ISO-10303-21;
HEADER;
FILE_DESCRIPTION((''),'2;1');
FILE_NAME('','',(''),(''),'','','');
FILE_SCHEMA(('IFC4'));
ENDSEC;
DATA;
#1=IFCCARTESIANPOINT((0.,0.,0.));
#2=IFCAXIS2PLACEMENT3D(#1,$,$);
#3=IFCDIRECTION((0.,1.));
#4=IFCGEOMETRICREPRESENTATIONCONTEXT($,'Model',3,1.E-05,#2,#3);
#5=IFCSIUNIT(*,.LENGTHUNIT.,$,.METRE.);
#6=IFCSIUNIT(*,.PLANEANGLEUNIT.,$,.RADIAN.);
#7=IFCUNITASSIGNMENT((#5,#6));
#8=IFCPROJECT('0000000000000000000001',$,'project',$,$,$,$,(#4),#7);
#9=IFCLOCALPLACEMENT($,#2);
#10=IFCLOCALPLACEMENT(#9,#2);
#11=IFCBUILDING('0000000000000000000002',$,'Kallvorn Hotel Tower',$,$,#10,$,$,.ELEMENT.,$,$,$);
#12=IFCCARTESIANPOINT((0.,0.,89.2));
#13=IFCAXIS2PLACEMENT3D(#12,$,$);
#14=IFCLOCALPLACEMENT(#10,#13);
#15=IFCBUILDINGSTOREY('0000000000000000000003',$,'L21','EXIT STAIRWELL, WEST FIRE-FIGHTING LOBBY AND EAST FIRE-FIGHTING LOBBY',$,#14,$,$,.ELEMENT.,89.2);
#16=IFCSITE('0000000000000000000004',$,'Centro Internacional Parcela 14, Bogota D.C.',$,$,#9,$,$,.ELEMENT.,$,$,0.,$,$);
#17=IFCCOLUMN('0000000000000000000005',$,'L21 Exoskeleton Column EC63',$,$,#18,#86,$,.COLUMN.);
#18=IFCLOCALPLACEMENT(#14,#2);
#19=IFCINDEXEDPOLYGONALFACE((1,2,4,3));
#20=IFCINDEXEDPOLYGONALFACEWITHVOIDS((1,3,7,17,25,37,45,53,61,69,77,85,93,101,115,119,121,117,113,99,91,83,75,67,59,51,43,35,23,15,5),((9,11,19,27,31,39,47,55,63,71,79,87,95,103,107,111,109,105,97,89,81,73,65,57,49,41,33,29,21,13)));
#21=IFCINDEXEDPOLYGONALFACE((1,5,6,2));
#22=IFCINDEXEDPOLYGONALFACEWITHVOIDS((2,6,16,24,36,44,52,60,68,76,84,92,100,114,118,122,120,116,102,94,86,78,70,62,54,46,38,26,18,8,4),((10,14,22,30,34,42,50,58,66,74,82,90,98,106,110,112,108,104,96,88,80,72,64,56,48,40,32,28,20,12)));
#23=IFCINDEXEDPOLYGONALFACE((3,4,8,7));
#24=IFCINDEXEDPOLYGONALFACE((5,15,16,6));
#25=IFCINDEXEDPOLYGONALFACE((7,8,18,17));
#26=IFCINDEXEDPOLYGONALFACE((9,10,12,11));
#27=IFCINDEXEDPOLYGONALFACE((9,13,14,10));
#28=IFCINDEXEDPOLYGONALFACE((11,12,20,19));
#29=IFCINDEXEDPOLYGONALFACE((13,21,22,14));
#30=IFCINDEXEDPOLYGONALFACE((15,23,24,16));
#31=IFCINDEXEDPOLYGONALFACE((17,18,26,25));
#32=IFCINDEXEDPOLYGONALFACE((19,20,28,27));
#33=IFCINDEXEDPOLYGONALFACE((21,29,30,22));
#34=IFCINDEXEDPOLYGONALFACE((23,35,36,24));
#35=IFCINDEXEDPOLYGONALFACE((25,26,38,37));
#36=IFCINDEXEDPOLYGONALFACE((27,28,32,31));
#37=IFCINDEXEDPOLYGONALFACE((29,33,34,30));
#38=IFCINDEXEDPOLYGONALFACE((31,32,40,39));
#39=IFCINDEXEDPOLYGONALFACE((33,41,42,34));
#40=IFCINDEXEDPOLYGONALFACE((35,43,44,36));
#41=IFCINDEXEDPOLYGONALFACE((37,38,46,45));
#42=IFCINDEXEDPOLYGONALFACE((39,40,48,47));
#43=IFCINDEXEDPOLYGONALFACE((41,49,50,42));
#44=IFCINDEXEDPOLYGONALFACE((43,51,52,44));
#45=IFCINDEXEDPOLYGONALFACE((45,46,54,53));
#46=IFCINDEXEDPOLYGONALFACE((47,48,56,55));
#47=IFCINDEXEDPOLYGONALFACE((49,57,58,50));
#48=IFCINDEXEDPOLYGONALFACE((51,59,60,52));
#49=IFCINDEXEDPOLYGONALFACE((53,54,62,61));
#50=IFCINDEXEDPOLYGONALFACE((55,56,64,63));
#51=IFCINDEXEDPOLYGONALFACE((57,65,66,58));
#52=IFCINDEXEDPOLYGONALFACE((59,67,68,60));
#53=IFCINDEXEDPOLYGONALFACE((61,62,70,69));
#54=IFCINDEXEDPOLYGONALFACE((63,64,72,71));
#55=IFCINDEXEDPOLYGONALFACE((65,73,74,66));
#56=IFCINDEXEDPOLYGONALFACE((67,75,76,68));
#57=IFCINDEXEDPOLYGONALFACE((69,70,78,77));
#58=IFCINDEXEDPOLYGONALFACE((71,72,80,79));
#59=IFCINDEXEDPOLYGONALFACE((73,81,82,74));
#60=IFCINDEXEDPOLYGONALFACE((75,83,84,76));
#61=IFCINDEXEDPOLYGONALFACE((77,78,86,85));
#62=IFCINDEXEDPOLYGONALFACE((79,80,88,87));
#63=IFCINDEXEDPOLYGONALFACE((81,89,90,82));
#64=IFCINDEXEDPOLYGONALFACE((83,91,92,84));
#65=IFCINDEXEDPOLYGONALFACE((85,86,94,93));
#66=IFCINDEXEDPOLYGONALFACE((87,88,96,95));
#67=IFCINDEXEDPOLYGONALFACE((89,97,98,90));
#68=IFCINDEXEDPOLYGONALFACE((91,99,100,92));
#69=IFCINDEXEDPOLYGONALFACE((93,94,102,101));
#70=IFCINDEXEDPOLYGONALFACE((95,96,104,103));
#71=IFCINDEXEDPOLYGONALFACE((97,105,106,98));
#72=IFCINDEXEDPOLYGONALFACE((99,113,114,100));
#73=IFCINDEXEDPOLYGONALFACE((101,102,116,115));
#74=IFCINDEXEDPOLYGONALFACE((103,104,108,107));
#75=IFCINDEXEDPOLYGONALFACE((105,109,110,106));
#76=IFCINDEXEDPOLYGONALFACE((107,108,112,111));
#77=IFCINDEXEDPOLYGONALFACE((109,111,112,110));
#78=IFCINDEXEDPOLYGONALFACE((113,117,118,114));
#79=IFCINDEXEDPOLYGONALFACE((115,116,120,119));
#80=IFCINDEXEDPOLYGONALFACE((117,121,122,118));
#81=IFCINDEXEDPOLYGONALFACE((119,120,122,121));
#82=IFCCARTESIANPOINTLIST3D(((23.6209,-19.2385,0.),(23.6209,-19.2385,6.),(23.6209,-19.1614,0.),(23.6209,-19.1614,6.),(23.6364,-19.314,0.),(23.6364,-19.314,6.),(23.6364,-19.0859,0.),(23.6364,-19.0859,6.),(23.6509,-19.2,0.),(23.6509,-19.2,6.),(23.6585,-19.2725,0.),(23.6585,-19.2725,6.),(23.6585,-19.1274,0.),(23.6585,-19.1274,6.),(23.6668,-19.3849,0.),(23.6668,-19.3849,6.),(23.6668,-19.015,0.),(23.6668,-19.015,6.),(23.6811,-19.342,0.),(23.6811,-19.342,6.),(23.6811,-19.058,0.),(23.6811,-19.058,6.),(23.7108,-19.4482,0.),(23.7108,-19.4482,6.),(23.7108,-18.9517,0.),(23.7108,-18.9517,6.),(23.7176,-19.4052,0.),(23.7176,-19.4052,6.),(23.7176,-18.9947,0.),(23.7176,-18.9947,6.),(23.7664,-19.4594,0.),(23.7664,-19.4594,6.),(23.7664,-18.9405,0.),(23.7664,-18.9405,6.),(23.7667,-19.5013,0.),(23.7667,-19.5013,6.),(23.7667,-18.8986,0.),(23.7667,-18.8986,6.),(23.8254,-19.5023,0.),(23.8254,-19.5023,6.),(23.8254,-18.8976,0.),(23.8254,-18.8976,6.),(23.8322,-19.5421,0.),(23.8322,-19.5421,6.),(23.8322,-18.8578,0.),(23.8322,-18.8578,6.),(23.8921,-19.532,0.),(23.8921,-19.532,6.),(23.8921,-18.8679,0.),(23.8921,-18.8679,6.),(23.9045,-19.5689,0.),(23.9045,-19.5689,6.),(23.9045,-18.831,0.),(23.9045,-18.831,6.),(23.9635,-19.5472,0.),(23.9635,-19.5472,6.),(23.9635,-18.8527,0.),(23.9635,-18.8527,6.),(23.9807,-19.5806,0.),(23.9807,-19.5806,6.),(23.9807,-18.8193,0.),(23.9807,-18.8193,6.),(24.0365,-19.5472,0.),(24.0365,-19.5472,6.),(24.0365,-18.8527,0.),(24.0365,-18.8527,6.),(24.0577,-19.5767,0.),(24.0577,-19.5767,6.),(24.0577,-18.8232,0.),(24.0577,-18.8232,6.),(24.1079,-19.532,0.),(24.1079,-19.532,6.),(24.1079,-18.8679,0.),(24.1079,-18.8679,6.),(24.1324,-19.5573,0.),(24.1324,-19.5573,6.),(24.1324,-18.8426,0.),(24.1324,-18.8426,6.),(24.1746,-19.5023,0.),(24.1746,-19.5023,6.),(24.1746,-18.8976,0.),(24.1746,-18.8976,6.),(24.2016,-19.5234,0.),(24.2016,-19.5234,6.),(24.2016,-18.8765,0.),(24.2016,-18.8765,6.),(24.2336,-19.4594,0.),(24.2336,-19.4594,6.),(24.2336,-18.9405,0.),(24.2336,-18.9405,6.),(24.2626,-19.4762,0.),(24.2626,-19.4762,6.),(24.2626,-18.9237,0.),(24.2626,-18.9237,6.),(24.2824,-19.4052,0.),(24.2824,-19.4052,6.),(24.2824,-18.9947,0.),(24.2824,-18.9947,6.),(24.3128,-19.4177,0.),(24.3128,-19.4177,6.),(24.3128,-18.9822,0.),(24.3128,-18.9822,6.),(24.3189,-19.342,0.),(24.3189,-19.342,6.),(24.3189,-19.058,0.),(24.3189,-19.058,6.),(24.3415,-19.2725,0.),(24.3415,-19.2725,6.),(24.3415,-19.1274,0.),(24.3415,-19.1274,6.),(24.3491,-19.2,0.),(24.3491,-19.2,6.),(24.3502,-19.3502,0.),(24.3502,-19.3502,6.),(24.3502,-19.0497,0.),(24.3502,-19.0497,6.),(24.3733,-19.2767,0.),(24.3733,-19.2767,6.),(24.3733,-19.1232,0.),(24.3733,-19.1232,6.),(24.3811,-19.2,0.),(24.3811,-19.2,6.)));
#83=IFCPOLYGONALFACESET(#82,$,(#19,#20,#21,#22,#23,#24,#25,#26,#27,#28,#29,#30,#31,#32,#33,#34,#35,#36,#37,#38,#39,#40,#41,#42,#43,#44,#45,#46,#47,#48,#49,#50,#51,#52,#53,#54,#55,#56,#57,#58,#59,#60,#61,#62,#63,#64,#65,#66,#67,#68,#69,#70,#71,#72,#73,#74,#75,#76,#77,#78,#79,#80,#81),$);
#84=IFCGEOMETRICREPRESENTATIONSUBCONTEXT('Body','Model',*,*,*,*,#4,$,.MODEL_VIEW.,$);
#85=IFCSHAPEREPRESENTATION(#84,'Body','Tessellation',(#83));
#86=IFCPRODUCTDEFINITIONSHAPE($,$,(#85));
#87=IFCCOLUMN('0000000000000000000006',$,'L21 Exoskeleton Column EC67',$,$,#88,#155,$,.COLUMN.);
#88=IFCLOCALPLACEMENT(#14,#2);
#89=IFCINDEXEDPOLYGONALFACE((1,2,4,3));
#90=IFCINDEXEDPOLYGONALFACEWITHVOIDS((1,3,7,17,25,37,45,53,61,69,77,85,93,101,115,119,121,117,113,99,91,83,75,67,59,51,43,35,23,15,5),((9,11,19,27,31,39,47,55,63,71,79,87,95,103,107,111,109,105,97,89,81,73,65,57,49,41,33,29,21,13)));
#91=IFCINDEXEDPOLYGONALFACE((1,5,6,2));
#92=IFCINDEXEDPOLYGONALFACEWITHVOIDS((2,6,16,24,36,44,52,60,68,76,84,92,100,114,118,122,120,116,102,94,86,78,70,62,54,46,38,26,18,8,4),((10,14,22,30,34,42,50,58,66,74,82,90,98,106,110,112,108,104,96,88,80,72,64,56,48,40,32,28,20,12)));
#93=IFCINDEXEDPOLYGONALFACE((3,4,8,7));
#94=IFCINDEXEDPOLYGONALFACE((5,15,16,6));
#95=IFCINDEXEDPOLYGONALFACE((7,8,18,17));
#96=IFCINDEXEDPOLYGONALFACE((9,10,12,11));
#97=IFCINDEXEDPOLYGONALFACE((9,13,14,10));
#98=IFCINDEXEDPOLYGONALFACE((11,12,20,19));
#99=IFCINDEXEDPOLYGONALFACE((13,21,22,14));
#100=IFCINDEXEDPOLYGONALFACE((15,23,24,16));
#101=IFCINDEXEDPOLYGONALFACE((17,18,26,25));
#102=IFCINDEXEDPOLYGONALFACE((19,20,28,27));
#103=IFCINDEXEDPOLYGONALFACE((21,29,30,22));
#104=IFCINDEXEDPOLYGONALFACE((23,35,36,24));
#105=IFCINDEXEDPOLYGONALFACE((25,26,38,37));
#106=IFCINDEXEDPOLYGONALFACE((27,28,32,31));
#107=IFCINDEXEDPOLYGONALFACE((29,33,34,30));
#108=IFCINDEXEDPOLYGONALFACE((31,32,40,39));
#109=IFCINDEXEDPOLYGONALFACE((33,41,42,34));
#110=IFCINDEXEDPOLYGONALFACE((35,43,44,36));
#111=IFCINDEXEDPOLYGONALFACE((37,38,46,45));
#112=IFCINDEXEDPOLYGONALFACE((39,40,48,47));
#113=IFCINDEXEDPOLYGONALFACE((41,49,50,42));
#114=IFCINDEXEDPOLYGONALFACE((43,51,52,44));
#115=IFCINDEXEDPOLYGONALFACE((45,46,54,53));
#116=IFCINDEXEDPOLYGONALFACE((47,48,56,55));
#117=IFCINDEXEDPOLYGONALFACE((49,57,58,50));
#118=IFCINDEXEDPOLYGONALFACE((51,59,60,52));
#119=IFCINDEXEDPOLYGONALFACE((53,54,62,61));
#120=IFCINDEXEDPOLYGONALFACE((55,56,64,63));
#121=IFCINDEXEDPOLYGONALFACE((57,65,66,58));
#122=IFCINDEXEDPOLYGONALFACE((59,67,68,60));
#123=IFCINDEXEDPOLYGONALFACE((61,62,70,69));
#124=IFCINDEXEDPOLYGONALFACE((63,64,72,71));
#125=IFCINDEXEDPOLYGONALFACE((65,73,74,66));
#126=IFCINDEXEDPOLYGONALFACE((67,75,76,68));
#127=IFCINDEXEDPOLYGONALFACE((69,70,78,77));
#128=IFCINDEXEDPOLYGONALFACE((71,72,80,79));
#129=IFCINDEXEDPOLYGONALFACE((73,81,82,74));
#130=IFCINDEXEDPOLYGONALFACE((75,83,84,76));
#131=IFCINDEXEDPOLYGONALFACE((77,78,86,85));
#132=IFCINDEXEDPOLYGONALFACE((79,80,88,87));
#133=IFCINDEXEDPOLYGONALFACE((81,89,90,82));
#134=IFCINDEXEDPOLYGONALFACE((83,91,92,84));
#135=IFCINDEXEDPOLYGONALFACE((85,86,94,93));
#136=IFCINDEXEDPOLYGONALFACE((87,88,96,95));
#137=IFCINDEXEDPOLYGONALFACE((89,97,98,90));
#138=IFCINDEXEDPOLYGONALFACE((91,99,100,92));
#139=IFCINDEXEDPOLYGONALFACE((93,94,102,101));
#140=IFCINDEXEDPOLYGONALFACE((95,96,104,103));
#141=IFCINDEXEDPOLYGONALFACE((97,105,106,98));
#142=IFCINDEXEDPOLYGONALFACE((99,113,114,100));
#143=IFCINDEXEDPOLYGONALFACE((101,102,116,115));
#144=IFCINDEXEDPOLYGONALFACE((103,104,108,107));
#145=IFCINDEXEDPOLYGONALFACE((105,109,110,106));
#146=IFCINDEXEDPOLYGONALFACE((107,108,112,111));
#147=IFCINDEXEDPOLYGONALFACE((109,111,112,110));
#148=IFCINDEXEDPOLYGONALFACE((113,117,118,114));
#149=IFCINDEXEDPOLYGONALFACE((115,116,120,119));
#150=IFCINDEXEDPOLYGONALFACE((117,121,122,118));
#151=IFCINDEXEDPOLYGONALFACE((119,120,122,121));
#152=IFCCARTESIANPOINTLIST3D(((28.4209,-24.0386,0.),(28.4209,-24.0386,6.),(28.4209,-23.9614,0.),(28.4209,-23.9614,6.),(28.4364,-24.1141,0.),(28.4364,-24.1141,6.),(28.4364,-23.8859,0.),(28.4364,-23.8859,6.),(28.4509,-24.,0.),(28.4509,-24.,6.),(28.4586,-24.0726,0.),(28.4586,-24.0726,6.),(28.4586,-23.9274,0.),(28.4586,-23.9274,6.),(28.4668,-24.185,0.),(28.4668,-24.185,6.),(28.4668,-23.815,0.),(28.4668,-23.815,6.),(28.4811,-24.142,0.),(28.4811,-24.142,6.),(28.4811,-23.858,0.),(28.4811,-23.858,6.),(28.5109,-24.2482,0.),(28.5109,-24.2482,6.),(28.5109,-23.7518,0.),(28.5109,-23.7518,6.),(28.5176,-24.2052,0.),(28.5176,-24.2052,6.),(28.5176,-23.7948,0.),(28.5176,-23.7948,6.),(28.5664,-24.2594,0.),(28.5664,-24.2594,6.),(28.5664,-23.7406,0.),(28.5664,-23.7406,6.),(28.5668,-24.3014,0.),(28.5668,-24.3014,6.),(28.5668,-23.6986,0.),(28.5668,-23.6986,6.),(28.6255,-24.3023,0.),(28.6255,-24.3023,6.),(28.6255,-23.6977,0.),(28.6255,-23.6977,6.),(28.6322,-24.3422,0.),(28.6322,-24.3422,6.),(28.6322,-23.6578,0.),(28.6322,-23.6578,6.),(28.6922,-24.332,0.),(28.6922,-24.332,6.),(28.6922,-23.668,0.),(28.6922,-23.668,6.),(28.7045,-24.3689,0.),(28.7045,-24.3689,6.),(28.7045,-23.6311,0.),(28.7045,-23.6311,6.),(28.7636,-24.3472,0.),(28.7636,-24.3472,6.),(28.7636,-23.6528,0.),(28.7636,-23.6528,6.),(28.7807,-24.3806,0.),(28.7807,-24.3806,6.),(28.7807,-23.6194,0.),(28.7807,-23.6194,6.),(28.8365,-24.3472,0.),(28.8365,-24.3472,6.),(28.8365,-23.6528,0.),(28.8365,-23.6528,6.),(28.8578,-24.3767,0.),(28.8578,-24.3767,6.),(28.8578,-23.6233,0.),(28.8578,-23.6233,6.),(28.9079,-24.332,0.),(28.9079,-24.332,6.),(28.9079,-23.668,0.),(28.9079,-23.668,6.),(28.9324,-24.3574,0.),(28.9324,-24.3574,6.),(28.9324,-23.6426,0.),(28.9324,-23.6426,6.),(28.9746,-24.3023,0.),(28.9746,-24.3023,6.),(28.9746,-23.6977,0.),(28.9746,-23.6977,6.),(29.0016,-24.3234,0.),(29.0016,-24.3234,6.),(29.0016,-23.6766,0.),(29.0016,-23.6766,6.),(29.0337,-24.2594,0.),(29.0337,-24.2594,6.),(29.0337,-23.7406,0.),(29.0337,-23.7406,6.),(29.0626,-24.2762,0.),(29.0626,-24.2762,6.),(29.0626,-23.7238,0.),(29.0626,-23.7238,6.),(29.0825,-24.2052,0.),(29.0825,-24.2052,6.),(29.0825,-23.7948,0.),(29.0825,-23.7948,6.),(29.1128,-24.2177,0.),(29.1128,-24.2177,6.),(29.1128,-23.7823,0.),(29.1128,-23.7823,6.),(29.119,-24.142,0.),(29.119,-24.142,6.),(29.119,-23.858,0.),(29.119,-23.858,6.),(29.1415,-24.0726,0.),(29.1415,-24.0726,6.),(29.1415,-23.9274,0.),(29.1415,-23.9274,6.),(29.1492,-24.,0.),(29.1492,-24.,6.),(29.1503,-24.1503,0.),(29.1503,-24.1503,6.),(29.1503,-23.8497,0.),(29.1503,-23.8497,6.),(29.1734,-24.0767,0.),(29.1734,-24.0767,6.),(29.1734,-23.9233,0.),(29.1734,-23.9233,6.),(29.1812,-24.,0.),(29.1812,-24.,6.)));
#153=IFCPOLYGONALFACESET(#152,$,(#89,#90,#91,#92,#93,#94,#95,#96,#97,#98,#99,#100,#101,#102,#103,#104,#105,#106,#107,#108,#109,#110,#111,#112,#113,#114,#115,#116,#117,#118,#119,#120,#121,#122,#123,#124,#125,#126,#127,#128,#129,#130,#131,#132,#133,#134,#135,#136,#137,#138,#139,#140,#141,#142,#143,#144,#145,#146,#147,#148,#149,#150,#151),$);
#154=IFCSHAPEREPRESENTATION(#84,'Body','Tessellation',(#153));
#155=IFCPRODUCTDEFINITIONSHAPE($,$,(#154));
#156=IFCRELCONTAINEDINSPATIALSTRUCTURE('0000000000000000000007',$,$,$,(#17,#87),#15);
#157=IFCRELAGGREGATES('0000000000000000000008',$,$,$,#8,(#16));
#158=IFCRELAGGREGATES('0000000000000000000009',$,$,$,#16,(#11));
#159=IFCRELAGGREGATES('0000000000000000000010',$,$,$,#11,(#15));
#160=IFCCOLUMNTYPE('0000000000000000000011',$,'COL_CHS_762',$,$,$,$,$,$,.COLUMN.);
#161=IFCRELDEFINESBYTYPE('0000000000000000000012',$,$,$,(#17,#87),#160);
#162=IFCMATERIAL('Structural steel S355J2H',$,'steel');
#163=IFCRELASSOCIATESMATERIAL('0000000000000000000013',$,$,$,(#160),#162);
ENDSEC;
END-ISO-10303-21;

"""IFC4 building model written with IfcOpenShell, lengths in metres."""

from ifc_helpers import new_model, si_unit, direction, frame, origin, origin_2d, place, context, subcontext, project, spatial, hollow_circle, extrude, material, material_profile, profile_set, type_object, element, save


model = new_model("IFC4")

# Units and contexts
model_context = context("Model", 3, precision=1e-05, world=origin(), true_north=direction((0.0, 1.0)))
body_context = subcontext(model_context, "Body", "Model", "MODEL_VIEW")
ifc_project = project(units=[si_unit("LENGTHUNIT", "METRE"), si_unit("PLANEANGLEUNIT", "RADIAN")], contexts=[model_context])

# Site, building, storey
site_placement = place(None, origin())
site = spatial("IfcSite", under=ifc_project, at=site_placement, Name="Centro Internacional Parcela 14, Bogota D.C.", CompositionType="ELEMENT", RefElevation=0.0)
building_placement = place(site_placement, origin())
building = spatial("IfcBuilding", under=site, at=building_placement, Name="Kallvorn Hotel Tower", CompositionType="ELEMENT")
storey_placement = place(building_placement, frame((0.0, 0.0, 89.2)))
storey = spatial("IfcBuildingStorey", under=building, at=storey_placement, Name="L21", Description="EXIT STAIRWELL, WEST FIRE-FIGHTING LOBBY AND EAST FIRE-FIGHTING LOBBY", CompositionType="ELEMENT", Elevation=89.2)

# Columns
ifc_material_1 = material(Name="Structural steel S355J2H", Category="steel")
ifc_material_profile_1 = material_profile(ifc_material_1, hollow_circle(Radius=0.3811, WallThickness=0.032, at=origin_2d()), Name="CHS 762x32")
ifc_profile_set_1 = profile_set([ifc_material_profile_1], Name="Structural steel S355J2H")
column_type_1 = type_object("IfcColumnType", Name="COL_CHS_762", PredefinedType="COLUMN", material=ifc_profile_set_1)
for number, where, z_axis, x_axis, name in (
    (1, (24.0, -19.2, 0.0), (0.0, 0.0, 1.0), (1.0, 0.0, 0.0), "L21 Exoskeleton Column EC63"),
    (2, (28.8, -24.0, 0.0), (0.0, 0.0, 1.0), (1.0, 0.0, 0.0), "L21 Exoskeleton Column EC67"),
):
    element("IfcColumn", number, at=place(storey_placement, frame(where, z_axis=z_axis, x_axis=x_axis)), inside=storey, type_object=column_type_1, Name=name, PredefinedType="COLUMN", context=body_context, shape_type="SweptSolid", body=[
        extrude(hollow_circle(Radius=0.3811, WallThickness=0.032, at=origin_2d()), origin(), (0.0, 0.0, 1.0), 6.0),
    ])

save(model, "model.ifc")
